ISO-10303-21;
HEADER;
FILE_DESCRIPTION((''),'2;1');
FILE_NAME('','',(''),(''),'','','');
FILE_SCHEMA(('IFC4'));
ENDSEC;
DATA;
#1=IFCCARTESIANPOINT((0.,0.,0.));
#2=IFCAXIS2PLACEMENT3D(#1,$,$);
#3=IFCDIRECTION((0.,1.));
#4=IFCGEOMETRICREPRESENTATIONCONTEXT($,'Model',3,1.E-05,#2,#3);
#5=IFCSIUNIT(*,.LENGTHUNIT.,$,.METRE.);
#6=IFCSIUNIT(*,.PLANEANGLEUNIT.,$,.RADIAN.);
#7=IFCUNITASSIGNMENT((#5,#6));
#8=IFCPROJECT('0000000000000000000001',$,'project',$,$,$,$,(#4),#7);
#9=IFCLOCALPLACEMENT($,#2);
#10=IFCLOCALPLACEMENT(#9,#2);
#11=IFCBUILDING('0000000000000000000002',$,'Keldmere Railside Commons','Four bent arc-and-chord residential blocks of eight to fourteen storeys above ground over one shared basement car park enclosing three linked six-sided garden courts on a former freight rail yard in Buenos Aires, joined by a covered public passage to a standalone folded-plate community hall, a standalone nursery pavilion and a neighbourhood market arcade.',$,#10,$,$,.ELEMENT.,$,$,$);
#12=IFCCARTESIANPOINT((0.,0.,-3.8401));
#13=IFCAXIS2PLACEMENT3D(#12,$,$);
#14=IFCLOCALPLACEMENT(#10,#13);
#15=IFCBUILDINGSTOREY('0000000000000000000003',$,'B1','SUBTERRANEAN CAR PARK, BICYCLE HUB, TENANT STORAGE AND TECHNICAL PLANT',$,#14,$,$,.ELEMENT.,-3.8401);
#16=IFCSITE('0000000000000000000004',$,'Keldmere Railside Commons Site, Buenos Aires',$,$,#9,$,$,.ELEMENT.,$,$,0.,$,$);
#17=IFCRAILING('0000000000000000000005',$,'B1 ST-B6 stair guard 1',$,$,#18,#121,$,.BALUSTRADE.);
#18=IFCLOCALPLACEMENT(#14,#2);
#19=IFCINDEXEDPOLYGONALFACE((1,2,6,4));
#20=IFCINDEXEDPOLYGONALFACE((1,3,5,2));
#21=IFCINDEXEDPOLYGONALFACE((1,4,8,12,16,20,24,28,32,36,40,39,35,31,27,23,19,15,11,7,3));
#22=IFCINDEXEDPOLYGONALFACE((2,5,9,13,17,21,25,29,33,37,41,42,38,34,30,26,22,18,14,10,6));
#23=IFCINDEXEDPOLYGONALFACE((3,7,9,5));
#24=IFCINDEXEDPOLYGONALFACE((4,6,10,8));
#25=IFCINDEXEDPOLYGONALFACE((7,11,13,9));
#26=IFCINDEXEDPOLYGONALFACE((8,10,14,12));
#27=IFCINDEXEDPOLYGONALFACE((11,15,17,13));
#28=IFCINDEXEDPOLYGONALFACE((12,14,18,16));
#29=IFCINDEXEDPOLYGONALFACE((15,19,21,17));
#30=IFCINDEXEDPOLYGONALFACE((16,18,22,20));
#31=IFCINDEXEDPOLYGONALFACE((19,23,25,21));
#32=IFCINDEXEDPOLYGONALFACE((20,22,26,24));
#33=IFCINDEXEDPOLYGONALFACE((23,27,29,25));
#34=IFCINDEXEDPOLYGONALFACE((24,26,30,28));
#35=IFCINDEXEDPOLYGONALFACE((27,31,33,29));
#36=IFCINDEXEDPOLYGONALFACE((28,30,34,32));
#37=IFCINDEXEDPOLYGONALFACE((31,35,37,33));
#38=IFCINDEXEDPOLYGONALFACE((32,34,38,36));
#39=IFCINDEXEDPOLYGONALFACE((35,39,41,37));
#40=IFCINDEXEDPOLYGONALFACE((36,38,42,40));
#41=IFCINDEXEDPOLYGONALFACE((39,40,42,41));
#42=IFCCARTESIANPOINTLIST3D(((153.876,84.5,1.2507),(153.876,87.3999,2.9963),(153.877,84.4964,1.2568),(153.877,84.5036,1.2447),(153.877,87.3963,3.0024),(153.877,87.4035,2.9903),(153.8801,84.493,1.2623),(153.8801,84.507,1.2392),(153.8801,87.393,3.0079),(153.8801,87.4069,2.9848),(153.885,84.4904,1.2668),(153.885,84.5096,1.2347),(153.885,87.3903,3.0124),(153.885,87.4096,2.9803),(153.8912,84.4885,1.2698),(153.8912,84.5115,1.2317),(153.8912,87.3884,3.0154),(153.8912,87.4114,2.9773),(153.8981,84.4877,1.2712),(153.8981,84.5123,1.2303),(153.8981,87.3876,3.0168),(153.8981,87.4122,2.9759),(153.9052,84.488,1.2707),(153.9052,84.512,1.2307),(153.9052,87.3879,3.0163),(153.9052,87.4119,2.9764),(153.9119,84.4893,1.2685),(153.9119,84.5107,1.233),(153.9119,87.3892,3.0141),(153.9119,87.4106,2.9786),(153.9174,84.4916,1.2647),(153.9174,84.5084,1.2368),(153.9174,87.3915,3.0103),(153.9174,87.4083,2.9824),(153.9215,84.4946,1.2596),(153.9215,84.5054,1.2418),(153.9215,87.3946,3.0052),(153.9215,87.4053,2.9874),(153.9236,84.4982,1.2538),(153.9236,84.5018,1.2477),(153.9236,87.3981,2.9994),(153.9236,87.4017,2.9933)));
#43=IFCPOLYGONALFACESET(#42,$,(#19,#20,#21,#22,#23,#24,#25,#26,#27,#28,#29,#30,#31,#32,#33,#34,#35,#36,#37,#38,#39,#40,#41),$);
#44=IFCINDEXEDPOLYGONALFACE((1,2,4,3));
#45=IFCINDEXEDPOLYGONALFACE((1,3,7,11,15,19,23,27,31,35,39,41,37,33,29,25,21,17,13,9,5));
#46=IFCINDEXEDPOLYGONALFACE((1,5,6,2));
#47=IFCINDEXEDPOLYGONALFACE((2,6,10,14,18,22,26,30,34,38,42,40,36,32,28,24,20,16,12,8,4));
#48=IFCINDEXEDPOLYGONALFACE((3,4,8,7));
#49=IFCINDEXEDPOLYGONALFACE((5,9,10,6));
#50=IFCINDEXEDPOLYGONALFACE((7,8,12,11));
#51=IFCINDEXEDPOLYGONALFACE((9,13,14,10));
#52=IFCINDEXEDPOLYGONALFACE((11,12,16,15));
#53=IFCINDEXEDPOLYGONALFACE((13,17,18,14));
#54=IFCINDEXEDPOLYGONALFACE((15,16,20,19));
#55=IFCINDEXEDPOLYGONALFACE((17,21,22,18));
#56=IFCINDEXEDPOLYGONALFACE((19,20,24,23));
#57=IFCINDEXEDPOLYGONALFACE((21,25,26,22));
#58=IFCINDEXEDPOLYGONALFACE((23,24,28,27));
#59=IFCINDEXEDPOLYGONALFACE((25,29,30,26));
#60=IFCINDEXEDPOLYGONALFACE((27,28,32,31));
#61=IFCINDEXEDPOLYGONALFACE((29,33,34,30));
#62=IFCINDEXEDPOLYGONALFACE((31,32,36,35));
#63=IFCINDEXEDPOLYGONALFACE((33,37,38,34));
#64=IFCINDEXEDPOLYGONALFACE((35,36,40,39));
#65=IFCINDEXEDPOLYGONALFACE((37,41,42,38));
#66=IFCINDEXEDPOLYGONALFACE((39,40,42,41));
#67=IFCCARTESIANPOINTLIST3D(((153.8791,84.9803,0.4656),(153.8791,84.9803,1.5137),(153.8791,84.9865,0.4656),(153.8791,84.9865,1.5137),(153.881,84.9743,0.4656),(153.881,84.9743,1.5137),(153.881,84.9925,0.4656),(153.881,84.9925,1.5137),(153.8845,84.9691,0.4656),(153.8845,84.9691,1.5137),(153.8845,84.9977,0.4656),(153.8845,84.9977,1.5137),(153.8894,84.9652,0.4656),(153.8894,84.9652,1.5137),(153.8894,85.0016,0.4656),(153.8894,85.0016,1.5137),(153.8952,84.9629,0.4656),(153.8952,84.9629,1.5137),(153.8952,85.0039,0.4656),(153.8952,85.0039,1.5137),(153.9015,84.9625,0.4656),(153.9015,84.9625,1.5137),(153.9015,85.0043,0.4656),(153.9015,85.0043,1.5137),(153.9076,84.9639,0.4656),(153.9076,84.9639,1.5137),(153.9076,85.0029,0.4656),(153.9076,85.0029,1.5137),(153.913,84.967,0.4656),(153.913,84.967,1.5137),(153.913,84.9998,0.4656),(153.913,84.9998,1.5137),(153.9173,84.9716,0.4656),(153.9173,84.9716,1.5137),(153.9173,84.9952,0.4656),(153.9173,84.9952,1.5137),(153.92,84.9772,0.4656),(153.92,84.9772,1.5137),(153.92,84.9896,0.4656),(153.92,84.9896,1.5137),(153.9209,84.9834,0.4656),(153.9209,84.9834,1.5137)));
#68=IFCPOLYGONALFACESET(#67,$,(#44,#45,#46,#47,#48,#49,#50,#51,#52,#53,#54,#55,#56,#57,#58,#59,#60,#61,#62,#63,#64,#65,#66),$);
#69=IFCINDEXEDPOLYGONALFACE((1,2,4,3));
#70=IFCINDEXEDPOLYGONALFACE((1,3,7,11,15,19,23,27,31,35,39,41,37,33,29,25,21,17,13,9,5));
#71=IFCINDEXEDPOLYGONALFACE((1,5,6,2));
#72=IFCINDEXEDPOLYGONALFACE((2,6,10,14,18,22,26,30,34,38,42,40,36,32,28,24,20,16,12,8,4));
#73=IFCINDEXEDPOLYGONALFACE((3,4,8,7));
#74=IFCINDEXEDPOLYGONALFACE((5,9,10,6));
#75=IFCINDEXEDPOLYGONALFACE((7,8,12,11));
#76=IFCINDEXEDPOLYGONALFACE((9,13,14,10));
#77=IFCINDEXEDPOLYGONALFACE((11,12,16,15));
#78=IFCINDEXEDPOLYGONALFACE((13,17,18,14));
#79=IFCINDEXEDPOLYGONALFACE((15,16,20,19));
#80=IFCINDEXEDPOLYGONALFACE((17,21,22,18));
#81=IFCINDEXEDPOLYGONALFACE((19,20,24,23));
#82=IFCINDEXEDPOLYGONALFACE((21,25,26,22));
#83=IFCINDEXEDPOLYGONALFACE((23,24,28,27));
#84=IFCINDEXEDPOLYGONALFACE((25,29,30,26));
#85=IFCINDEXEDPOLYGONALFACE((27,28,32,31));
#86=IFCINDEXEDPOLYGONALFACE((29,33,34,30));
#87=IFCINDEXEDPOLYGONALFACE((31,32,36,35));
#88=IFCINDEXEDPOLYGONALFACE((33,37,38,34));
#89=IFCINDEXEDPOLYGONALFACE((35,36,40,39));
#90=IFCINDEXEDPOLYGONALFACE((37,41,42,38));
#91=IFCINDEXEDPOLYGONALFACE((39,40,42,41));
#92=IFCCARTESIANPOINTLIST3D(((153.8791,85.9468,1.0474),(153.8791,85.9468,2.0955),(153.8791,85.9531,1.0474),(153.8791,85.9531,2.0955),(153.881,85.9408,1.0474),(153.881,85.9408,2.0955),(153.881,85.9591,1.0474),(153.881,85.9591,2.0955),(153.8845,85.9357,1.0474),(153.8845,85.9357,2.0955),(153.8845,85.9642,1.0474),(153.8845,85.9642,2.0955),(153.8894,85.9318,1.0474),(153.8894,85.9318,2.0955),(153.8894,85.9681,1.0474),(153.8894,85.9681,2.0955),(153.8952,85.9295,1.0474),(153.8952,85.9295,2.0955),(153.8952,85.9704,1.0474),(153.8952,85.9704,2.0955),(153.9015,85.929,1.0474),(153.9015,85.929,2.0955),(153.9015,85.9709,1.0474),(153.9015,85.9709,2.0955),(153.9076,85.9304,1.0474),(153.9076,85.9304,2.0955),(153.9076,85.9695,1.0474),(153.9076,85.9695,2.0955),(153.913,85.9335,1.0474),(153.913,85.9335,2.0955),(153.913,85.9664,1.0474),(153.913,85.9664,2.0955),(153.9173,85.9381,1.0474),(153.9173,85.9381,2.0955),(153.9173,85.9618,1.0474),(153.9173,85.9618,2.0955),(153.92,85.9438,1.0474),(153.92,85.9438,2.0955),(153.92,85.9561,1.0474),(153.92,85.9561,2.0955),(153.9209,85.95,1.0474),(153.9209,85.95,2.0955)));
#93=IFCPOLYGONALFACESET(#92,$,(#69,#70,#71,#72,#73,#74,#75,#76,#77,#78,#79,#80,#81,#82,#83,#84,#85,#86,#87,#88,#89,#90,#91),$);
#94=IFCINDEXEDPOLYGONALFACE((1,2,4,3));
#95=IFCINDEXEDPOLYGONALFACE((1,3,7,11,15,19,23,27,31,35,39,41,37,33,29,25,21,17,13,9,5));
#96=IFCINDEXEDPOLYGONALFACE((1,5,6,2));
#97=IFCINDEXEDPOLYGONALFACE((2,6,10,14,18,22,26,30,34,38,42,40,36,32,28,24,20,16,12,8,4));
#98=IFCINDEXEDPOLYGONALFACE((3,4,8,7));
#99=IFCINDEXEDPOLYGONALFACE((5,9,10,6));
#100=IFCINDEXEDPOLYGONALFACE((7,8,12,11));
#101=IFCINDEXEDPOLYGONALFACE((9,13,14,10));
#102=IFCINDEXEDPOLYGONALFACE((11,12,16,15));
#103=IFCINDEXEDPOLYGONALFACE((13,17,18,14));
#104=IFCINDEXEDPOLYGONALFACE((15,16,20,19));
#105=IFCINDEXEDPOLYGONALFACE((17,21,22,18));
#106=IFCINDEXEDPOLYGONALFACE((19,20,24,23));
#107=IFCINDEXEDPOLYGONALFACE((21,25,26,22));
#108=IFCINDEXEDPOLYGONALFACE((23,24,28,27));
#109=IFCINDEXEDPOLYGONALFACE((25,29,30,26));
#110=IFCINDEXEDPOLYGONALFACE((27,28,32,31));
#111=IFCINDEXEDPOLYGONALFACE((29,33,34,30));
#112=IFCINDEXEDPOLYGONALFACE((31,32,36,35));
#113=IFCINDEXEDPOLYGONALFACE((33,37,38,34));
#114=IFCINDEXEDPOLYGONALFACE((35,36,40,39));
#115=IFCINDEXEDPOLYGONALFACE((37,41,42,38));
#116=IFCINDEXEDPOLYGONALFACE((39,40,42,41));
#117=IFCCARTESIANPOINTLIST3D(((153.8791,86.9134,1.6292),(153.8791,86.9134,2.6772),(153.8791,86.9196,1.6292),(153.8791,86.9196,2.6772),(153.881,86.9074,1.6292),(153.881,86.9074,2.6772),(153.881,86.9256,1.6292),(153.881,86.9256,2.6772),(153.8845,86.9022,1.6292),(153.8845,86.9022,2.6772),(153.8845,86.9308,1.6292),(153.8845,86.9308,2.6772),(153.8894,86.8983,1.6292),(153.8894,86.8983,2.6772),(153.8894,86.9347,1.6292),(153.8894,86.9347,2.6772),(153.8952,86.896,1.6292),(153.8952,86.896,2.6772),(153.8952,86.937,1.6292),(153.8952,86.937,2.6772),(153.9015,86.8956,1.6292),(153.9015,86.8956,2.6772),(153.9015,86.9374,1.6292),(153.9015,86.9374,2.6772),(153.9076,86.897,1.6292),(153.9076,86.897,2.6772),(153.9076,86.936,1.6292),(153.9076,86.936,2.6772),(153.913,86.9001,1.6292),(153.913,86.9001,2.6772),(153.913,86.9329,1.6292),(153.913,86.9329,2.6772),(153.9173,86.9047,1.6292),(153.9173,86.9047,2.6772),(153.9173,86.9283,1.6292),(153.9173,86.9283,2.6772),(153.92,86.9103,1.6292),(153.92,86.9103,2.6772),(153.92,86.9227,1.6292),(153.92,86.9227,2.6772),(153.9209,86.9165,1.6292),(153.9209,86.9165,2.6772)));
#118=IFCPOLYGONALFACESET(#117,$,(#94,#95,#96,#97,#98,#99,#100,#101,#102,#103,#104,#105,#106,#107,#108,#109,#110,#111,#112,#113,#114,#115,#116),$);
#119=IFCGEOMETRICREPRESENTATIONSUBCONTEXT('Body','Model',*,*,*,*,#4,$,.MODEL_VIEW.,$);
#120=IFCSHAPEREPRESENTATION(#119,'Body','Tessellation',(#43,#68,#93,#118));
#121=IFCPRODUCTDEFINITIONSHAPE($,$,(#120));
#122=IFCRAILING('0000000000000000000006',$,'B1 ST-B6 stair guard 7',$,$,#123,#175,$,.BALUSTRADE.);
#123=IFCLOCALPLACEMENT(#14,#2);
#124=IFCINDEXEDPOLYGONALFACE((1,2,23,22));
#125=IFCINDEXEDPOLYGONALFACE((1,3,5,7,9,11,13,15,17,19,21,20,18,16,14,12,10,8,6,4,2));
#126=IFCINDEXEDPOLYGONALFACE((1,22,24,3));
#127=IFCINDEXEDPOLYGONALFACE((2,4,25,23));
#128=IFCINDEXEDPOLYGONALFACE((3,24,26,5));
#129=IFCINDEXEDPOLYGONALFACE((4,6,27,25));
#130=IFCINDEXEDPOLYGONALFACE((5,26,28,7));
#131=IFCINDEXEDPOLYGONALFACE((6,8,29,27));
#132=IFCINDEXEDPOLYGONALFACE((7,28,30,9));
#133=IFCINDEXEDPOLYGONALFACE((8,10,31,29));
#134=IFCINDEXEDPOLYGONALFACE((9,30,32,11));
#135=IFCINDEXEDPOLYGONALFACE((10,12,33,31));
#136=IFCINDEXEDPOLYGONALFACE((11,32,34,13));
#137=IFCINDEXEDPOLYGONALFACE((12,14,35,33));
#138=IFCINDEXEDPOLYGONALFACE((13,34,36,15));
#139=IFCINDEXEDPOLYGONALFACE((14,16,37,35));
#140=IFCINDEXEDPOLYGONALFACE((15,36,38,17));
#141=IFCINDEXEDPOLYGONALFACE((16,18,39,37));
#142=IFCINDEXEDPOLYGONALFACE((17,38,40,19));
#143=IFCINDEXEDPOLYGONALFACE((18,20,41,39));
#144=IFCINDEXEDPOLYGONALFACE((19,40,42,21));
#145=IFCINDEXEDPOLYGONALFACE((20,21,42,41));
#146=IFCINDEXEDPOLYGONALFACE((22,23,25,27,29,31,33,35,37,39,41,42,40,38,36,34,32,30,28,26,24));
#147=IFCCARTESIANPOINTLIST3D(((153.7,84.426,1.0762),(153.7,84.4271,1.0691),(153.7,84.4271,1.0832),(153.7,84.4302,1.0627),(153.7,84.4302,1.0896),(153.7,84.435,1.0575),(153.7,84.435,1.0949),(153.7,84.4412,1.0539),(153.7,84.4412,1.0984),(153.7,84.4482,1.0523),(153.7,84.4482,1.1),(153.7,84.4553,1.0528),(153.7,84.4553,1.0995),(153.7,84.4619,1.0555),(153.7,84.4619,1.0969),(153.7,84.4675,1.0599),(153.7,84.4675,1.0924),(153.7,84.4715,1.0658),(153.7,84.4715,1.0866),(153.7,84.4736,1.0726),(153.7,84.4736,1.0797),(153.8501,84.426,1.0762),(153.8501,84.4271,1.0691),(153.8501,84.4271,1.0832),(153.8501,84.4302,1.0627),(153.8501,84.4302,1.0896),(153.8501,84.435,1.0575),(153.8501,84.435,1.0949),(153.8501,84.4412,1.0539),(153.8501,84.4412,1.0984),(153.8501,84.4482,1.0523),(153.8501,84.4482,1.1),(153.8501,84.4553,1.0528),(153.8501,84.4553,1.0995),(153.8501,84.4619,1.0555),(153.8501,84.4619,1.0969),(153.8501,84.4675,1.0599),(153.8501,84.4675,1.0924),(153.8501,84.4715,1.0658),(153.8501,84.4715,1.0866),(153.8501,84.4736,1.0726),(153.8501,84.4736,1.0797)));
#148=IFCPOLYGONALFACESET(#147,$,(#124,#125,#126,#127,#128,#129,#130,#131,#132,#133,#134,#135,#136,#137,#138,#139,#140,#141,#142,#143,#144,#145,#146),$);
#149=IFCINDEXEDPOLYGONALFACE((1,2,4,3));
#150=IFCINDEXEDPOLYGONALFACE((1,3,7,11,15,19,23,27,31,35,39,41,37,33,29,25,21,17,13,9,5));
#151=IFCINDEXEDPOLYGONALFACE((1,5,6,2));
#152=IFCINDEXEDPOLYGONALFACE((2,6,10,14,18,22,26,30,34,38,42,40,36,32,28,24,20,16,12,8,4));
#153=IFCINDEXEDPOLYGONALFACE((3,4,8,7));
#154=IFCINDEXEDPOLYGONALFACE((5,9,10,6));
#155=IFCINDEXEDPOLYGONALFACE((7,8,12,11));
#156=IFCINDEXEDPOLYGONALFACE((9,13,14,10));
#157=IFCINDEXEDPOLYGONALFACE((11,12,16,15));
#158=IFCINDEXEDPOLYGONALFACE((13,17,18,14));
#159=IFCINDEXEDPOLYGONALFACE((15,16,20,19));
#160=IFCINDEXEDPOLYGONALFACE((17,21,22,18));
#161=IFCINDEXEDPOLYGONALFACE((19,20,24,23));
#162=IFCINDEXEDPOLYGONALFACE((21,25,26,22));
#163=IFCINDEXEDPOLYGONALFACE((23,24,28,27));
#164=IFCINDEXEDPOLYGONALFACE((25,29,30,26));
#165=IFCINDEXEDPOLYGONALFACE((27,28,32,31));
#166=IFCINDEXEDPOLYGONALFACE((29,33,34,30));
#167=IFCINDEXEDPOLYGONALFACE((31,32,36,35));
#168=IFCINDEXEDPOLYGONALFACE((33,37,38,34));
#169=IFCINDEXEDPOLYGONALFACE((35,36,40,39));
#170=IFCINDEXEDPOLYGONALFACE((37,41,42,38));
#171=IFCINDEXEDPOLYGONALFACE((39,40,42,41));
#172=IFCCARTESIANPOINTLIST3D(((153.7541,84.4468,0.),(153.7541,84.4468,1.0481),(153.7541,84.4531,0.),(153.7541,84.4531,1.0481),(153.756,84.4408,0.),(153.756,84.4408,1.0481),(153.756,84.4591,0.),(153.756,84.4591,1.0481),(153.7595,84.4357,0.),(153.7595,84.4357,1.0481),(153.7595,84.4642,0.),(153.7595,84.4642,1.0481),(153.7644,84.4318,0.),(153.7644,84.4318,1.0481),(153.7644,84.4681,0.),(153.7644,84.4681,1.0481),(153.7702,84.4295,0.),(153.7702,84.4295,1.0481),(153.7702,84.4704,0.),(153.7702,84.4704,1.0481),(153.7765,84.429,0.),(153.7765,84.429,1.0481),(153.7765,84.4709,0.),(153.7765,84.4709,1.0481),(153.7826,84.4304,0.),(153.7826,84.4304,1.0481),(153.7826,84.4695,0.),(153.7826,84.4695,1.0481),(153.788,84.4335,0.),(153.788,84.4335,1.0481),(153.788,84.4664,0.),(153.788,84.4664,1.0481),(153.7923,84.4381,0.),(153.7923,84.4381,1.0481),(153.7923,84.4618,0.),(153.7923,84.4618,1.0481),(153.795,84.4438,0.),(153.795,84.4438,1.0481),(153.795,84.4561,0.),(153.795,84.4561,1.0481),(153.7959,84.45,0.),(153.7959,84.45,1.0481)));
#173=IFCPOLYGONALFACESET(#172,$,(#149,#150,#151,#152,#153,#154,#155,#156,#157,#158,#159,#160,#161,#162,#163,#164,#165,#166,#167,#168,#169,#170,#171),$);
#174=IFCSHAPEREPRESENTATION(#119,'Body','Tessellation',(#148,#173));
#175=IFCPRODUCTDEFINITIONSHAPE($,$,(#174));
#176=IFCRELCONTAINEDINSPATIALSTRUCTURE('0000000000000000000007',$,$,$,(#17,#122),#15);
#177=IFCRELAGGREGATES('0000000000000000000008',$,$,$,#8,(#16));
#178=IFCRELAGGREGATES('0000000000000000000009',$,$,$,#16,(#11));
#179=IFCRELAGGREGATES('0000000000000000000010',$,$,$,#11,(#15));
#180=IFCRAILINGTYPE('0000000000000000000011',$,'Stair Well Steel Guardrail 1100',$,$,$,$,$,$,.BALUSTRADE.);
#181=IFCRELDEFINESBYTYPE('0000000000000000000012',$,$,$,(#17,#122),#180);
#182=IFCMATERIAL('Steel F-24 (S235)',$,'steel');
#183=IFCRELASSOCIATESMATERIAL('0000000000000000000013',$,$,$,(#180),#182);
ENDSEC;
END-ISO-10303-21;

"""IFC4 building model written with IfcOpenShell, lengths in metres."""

from ifc_helpers import new_model, si_unit, direction, frame, origin, origin_2d, place, context, subcontext, project, spatial, circle, extrude, material, type_object, element, save


model = new_model("IFC4")

# Units and contexts
model_context = context("Model", 3, precision=1e-05, world=origin(), true_north=direction((0.0, 1.0)))
body_context = subcontext(model_context, "Body", "Model", "MODEL_VIEW")
ifc_project = project(units=[si_unit("LENGTHUNIT", "METRE"), si_unit("PLANEANGLEUNIT", "RADIAN")], contexts=[model_context])

# Site, building, storey
site_placement = place(None, origin())
site = spatial("IfcSite", under=ifc_project, at=site_placement, Name="Keldmere Railside Commons Site, Buenos Aires", CompositionType="ELEMENT", RefElevation=0.0)
building_placement = place(site_placement, origin())
building = spatial("IfcBuilding", under=site, at=building_placement, Name="Keldmere Railside Commons", Description="Four bent arc-and-chord residential blocks of eight to fourteen storeys above ground over one shared basement car park enclosing three linked six-sided garden courts on a former freight rail yard in Buenos Aires, joined by a covered public passage to a standalone folded-plate community hall, a standalone nursery pavilion and a neighbourhood market arcade.", CompositionType="ELEMENT")
storey_placement = place(building_placement, frame((0.0, 0.0, -3.8401)))
storey = spatial("IfcBuildingStorey", under=building, at=storey_placement, Name="B1", Description="SUBTERRANEAN CAR PARK, BICYCLE HUB, TENANT STORAGE AND TECHNICAL PLANT", CompositionType="ELEMENT", Elevation=-3.8401)

# Shared definitions
ifc_material_1 = material(Name="Steel F-24 (S235)", Category="steel")

# Railings
railing_type = type_object("IfcRailingType", Name="Stair Well Steel Guardrail 1100", PredefinedType="BALUSTRADE", material=ifc_material_1)
railing_1_placement = place(storey_placement, frame((153.8999, 84.5, 0.1746)))
element("IfcRailing", 1, at=railing_1_placement, inside=storey, type_object=railing_type, Name="B1 ST-B6 stair guard 1", PredefinedType="BALUSTRADE", context=body_context, shape_type="SweptSolid", body=[
    extrude(circle(Radius=0.0239, at=origin_2d()), frame((0.0, 0.0, 1.0762), z_axis=(0.0, 0.856754, 0.515726), x_axis=(-1.0, 0.0, 0.0)), (0.0, 0.0, 1.0), 3.3848),
    extrude(circle(Radius=0.021, at=origin_2d()), frame((0.0, 0.4834, 0.291)), (0.0, 0.0, 1.0), 1.0481),
    extrude(circle(Radius=0.021, at=origin_2d()), frame((0.0, 1.45, 0.8728)), (0.0, 0.0, 1.0), 1.0481),
    extrude(circle(Radius=0.021, at=origin_2d()), frame((0.0, 2.4165, 1.4546)), (0.0, 0.0, 1.0), 1.0481),
])
railing_2_placement = place(storey_placement, frame((153.8501, 84.45, 0.0)))
element("IfcRailing", 2, at=railing_2_placement, inside=storey, type_object=railing_type, Name="B1 ST-B6 stair guard 7", PredefinedType="BALUSTRADE", context=body_context, shape_type="SweptSolid", body=[
    extrude(circle(Radius=0.0239, at=origin_2d()), frame((0.0, 0.0, 1.0762), z_axis=(-1.0, 0.0, 0.0), x_axis=(0.0, -1.0, 0.0)), (0.0, 0.0, 1.0), 0.1501),
    extrude(circle(Radius=0.021, at=origin_2d()), frame((-0.0752, 0.0, 0.0)), (0.0, 0.0, 1.0), 1.0481),
])

save(model, "model.ifc")
